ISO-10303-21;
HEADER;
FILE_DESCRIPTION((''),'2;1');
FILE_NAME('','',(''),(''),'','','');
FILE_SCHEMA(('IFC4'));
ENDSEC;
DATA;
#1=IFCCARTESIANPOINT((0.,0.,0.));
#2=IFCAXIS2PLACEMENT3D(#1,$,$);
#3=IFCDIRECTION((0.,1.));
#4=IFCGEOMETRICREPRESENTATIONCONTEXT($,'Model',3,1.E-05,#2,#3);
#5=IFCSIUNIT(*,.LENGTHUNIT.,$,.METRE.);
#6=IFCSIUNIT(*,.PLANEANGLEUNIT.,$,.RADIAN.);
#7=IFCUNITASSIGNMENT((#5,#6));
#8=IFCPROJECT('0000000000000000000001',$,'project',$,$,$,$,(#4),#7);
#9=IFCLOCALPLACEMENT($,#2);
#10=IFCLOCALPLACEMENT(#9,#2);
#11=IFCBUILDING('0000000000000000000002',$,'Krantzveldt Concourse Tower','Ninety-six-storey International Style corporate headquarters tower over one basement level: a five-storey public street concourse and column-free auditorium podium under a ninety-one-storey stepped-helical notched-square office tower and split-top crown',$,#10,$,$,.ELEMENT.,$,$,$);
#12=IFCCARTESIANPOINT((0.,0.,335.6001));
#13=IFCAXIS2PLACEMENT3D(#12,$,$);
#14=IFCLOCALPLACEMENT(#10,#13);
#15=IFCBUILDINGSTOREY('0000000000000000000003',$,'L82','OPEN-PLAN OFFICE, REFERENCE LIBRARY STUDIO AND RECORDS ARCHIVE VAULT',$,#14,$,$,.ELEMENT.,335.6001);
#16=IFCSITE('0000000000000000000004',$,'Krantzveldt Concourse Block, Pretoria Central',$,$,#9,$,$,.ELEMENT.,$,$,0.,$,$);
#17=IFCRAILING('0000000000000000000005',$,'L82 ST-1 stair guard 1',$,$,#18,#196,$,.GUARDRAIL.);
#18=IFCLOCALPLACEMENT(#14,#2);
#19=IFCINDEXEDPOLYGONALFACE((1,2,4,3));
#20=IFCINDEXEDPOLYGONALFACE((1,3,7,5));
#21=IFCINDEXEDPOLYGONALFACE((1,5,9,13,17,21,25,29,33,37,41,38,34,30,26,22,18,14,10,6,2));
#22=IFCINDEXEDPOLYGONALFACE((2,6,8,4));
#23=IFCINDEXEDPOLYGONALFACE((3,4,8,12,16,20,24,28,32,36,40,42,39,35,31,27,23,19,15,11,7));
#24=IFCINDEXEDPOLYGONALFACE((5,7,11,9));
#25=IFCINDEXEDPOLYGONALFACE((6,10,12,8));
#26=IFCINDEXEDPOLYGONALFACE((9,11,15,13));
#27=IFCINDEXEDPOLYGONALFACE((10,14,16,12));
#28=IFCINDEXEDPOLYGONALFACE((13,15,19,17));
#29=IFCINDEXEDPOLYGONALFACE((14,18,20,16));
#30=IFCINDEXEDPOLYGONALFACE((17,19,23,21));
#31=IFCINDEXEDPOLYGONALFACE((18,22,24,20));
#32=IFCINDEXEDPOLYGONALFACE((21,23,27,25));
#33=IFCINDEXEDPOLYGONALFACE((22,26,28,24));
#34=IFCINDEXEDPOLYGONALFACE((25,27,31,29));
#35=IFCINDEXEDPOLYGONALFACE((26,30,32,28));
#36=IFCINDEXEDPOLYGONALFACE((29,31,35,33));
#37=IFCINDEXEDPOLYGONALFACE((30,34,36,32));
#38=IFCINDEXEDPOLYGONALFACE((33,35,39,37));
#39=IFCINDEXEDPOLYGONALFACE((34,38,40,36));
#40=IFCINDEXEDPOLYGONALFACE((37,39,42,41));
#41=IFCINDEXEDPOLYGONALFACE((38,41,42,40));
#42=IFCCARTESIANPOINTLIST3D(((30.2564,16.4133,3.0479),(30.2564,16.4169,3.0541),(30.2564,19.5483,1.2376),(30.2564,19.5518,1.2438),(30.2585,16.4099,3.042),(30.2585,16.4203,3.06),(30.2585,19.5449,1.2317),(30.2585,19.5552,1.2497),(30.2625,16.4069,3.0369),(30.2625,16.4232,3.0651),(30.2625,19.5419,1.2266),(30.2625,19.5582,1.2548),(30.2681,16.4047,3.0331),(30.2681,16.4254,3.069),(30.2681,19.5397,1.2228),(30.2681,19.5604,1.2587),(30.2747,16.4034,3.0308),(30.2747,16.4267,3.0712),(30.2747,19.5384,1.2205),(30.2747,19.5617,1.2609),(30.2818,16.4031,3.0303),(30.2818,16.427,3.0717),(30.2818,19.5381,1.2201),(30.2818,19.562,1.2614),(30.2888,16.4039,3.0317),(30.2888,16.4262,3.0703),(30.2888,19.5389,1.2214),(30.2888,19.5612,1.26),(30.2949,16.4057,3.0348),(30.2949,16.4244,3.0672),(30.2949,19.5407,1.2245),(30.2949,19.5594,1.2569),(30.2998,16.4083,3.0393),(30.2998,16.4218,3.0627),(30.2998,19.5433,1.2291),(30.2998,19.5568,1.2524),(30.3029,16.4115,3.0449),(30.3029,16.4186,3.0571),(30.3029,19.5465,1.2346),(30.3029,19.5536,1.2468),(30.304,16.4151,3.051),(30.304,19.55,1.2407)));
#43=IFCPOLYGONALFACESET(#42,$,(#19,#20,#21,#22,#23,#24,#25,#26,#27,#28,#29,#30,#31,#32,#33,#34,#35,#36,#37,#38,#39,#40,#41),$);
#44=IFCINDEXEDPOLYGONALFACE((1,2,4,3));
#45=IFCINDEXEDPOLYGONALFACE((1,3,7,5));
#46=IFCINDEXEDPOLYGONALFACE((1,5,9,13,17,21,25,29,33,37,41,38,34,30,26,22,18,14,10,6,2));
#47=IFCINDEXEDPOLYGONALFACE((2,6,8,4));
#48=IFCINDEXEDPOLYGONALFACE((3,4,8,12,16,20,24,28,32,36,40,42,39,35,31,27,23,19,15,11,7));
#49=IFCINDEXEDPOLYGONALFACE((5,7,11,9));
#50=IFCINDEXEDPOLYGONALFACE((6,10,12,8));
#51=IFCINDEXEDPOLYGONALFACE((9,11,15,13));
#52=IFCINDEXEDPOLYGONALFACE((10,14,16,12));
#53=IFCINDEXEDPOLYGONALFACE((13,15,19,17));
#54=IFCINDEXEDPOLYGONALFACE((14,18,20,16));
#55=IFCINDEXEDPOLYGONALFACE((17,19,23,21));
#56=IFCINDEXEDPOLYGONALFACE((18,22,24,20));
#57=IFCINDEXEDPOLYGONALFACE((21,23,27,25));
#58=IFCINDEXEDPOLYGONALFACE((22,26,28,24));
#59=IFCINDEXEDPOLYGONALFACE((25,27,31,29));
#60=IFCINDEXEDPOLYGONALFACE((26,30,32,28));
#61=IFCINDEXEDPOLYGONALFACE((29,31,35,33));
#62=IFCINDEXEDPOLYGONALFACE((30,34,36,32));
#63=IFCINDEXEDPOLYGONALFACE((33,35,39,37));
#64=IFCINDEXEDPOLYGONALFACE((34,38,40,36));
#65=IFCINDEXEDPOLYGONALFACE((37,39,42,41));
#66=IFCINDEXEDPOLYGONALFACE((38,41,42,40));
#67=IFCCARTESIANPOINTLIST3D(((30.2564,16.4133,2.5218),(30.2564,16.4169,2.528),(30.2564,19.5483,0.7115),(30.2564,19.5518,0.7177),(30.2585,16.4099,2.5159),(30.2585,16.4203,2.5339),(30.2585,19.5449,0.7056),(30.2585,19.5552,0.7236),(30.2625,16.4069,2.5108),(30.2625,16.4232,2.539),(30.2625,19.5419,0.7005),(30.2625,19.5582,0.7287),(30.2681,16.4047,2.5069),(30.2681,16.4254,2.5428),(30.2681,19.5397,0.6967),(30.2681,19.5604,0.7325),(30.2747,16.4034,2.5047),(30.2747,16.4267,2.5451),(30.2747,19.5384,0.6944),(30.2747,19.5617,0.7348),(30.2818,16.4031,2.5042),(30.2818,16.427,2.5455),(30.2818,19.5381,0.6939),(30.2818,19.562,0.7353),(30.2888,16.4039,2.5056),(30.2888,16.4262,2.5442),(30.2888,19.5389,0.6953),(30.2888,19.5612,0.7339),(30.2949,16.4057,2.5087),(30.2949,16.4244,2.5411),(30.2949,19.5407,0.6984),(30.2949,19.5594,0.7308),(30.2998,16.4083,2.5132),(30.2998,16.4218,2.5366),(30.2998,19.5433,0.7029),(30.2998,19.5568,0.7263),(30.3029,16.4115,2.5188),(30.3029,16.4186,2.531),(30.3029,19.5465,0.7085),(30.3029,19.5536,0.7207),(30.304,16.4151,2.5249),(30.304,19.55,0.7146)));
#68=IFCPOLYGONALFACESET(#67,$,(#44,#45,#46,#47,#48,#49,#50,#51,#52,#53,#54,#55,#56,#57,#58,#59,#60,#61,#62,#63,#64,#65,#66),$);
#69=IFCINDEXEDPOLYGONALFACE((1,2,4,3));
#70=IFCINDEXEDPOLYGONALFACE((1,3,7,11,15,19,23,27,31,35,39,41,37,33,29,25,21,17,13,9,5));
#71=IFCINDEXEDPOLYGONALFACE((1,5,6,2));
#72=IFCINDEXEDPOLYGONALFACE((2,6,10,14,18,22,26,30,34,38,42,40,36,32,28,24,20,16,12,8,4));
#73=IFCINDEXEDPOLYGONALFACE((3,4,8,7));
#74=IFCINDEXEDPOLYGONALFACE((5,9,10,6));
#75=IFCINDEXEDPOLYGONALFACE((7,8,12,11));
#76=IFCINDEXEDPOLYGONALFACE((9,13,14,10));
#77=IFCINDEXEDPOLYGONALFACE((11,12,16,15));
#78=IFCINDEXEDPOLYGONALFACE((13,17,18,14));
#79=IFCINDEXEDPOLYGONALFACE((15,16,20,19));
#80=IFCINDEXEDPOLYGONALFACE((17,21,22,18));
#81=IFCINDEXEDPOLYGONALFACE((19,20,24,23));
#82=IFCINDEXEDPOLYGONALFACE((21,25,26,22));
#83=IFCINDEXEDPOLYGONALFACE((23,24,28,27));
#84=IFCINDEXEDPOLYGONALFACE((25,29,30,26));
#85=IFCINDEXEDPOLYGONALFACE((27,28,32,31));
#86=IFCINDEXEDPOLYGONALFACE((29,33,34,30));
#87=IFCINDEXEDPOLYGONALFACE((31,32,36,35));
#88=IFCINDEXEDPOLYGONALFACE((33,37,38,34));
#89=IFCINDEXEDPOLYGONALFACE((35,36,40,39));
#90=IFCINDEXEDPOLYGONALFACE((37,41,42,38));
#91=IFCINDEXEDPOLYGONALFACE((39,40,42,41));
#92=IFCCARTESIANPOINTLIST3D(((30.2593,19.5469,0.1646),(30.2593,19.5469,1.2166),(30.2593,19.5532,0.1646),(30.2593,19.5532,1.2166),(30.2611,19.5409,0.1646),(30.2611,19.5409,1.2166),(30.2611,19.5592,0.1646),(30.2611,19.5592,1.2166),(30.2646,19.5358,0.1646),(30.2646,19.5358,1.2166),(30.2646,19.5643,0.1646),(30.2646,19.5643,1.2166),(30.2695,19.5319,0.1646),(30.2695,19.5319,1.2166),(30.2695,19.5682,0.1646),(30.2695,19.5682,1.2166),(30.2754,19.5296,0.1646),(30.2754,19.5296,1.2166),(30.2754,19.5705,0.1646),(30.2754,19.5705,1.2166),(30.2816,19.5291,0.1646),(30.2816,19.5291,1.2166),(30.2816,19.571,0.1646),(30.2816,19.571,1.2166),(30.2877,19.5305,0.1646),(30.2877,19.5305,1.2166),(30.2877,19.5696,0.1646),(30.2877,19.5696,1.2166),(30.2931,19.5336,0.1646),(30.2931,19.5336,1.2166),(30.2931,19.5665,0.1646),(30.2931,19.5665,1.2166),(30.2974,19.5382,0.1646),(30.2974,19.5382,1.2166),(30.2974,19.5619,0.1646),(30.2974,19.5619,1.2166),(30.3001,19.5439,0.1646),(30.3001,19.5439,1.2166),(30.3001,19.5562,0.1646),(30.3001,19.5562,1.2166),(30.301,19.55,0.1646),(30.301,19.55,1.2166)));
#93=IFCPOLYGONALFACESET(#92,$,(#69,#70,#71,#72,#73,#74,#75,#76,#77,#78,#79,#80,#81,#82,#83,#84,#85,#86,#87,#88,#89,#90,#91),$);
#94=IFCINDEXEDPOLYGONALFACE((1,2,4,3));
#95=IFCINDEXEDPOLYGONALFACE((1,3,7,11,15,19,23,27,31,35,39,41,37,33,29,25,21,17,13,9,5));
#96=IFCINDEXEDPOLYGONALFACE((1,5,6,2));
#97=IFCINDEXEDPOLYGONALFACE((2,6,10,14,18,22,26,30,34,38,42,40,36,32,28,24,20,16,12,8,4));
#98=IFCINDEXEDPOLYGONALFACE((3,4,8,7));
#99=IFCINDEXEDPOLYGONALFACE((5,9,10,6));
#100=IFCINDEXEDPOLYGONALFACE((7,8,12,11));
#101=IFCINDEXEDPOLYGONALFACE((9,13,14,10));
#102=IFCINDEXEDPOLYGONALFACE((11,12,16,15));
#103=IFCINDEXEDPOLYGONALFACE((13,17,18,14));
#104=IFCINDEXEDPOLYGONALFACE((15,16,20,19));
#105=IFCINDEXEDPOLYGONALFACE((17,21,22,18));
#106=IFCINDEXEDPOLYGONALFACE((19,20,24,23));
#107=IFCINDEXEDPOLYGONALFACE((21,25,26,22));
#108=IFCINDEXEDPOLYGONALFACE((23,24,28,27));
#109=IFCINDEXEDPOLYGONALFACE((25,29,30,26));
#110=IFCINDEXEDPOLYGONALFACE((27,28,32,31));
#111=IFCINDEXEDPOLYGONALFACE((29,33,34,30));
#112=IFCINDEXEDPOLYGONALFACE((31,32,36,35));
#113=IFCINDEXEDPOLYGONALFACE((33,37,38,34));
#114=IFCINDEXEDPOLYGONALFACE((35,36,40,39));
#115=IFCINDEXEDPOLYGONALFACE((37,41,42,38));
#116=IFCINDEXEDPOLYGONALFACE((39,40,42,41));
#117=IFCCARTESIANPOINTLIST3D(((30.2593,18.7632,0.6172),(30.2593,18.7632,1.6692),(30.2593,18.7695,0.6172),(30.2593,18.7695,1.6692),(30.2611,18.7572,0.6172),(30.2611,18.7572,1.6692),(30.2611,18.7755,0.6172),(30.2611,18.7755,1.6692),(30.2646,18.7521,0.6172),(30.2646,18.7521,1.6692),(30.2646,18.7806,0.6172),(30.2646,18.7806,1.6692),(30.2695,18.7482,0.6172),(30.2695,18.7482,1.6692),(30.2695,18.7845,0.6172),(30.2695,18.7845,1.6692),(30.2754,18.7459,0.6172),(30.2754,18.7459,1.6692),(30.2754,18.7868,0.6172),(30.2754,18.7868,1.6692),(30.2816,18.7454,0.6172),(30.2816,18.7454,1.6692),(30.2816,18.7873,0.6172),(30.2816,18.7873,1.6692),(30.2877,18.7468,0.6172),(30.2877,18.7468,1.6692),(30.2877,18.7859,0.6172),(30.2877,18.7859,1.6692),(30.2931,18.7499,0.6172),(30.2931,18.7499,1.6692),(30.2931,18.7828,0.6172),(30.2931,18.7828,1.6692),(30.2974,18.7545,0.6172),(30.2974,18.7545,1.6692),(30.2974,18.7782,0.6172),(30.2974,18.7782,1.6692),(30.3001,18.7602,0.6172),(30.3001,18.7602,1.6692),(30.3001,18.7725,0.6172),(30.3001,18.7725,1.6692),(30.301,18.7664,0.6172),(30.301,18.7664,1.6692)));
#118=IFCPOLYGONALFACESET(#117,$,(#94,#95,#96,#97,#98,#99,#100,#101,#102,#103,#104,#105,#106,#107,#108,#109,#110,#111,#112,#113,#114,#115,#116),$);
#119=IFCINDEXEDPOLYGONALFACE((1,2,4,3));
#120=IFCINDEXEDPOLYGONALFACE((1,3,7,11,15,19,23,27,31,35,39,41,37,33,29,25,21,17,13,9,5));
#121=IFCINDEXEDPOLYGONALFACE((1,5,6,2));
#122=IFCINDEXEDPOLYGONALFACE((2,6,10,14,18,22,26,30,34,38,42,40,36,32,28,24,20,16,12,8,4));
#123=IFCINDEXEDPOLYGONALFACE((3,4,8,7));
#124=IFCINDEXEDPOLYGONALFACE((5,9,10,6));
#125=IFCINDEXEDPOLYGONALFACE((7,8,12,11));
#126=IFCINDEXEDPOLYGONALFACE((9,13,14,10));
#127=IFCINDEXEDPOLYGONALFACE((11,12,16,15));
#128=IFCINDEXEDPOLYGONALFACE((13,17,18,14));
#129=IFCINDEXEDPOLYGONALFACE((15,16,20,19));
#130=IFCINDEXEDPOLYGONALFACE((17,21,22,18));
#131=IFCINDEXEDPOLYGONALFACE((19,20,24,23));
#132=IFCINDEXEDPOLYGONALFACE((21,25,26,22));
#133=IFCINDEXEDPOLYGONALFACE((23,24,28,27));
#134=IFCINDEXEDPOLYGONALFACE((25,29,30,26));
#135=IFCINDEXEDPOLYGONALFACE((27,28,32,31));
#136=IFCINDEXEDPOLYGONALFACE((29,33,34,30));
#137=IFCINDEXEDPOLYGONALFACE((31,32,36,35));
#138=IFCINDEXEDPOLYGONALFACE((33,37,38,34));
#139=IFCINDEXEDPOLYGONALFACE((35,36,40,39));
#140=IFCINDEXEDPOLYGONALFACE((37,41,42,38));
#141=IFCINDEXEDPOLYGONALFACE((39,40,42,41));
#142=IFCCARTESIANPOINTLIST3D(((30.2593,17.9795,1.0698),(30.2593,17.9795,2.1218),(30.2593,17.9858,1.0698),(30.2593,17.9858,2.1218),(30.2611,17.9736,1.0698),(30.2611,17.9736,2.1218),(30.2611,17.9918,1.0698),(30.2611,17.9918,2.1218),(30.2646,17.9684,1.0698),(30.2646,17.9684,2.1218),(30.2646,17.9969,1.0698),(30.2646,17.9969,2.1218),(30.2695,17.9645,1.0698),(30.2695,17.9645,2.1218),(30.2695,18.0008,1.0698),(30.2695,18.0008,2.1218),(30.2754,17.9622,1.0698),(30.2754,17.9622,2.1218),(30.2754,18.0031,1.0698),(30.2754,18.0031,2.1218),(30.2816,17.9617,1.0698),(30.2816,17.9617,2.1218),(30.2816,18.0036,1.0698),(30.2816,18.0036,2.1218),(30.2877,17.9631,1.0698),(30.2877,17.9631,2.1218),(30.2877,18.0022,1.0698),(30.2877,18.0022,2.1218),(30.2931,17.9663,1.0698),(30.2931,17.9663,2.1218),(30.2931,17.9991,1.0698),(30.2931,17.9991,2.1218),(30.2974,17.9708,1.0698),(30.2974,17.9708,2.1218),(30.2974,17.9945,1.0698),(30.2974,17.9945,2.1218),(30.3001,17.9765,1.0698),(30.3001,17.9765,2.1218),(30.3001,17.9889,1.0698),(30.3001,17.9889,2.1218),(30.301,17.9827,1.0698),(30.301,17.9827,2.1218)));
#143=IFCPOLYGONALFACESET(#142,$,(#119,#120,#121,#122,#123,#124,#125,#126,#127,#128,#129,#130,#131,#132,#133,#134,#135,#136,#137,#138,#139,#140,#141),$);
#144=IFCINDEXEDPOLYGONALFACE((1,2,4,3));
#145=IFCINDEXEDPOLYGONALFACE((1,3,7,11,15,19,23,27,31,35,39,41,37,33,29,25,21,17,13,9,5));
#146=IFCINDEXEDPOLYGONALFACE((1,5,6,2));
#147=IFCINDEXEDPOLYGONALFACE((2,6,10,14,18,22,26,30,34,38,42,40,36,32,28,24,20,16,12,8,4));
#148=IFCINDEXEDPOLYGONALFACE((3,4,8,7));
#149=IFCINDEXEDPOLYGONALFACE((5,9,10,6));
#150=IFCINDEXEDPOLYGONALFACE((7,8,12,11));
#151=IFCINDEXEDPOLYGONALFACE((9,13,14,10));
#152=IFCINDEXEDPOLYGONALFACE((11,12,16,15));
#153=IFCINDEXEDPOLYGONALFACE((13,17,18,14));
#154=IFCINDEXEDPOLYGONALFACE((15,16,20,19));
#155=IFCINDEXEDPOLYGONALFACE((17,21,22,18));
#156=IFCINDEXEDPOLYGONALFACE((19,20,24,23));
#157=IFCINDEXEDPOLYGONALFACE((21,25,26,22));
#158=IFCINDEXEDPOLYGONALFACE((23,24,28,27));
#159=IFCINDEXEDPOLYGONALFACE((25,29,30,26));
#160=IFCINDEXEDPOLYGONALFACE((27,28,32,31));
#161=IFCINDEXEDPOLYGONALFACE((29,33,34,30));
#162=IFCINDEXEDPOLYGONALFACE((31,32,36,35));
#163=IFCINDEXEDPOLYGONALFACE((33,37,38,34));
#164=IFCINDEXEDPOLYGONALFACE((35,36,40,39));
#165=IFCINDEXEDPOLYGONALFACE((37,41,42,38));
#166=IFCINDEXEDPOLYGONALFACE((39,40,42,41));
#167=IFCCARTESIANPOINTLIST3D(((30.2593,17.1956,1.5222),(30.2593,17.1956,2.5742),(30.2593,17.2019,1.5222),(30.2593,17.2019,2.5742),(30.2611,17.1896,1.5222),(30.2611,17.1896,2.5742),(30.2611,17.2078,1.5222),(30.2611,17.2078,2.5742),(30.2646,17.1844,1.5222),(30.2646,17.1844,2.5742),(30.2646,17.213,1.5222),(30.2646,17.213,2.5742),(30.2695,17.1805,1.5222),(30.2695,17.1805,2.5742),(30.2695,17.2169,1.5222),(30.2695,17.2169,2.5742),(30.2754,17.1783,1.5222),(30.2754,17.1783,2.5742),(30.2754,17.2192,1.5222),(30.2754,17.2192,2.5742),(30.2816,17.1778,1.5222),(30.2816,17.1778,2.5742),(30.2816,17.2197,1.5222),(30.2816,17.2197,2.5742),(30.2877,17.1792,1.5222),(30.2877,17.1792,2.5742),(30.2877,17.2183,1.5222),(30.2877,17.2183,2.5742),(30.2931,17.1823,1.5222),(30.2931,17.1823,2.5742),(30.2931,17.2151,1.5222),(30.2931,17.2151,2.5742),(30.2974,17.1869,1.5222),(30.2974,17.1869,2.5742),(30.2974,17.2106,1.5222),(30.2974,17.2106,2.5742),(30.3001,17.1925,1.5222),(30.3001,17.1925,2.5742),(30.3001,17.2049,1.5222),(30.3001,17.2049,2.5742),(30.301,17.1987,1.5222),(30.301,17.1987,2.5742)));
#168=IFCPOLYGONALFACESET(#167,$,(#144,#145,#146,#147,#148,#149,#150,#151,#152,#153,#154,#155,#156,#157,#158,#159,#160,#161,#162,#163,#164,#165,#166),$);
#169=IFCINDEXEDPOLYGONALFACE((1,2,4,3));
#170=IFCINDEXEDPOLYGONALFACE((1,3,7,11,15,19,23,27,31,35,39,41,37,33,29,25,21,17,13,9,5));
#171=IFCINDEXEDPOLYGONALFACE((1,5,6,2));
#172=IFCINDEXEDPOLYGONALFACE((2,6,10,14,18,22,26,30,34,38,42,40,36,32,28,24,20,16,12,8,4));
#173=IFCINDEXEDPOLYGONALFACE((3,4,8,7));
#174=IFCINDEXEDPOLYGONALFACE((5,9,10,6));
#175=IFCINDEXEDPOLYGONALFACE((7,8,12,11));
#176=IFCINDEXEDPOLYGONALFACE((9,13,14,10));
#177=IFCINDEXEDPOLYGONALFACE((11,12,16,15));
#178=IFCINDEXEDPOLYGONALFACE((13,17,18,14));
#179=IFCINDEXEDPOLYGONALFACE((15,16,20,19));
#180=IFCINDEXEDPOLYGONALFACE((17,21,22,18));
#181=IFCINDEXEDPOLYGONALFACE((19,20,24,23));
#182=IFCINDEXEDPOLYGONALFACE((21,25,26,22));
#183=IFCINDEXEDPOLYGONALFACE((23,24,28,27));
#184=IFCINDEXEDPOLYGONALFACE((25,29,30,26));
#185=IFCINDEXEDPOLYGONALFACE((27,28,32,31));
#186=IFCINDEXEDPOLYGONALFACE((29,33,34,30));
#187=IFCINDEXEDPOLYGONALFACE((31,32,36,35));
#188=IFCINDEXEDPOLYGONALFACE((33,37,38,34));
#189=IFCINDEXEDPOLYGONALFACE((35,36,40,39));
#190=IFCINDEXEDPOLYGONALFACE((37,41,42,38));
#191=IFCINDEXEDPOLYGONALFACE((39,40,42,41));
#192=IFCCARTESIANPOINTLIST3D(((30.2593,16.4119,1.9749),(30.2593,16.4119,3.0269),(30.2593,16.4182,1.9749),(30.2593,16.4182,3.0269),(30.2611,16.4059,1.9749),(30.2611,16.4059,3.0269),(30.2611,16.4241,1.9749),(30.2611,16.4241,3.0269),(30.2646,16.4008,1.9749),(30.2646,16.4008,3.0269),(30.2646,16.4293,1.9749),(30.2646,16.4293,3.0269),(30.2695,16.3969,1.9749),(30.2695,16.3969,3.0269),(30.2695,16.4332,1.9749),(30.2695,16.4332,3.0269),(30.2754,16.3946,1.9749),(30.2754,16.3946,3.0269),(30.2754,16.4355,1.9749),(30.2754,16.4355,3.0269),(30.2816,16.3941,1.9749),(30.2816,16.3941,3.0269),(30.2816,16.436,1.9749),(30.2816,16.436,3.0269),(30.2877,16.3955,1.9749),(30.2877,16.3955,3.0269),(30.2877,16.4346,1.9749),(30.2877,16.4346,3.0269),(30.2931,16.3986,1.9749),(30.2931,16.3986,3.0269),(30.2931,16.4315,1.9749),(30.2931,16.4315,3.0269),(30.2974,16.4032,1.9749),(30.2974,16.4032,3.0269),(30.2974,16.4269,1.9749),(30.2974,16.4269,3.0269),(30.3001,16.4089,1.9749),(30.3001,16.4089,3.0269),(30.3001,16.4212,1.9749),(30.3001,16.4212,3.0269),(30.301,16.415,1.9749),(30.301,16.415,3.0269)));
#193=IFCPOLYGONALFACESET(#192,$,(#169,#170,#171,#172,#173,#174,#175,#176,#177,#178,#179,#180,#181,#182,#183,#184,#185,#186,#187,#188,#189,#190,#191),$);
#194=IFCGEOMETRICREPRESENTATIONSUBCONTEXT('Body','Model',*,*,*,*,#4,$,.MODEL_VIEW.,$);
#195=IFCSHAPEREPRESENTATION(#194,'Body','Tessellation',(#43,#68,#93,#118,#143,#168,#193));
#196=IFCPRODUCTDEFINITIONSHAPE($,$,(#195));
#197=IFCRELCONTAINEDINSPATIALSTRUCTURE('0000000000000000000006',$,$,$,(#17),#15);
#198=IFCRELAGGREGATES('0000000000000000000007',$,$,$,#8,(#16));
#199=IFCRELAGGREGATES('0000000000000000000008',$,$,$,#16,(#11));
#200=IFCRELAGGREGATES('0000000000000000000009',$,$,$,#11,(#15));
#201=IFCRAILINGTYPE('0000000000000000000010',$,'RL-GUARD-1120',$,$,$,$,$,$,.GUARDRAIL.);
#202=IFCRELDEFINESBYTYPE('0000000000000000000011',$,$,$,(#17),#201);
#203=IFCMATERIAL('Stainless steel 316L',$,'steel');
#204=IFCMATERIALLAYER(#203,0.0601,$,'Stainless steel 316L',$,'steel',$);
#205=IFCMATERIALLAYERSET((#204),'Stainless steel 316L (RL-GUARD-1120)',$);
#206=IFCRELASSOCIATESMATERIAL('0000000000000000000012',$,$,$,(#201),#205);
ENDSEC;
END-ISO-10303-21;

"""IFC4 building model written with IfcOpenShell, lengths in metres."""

from ifc_helpers import new_model, si_unit, direction, frame, origin, origin_2d, place, context, subcontext, project, spatial, circle, extrude, material, layer, layer_set, type_object, element, save


model = new_model("IFC4")

# Units and contexts
model_context = context("Model", 3, precision=1e-05, world=origin(), true_north=direction((0.0, 1.0)))
body_context = subcontext(model_context, "Body", "Model", "MODEL_VIEW")
ifc_project = project(units=[si_unit("LENGTHUNIT", "METRE"), si_unit("PLANEANGLEUNIT", "RADIAN")], contexts=[model_context])

# Site, building, storey
site_placement = place(None, origin())
site = spatial("IfcSite", under=ifc_project, at=site_placement, Name="Krantzveldt Concourse Block, Pretoria Central", CompositionType="ELEMENT", RefElevation=0.0)
building_placement = place(site_placement, origin())
building = spatial("IfcBuilding", under=site, at=building_placement, Name="Krantzveldt Concourse Tower", Description="Ninety-six-storey International Style corporate headquarters tower over one basement level: a five-storey public street concourse and column-free auditorium podium under a ninety-one-storey stepped-helical notched-square office tower and split-top crown", CompositionType="ELEMENT")
storey_placement = place(building_placement, frame((0.0, 0.0, 335.6001)))
storey = spatial("IfcBuildingStorey", under=building, at=storey_placement, Name="L82", Description="OPEN-PLAN OFFICE, REFERENCE LIBRARY STUDIO AND RECORDS ARCHIVE VAULT", CompositionType="ELEMENT", Elevation=335.6001)

# Shared definitions
ifc_material_1 = material(Name="Stainless steel 316L", Category="steel")

# Railing
ifc_layer_1 = layer(ifc_material_1, 0.0601, Name="Stainless steel 316L", Category="steel")
ifc_layer_set_1 = layer_set([ifc_layer_1], Name="Stainless steel 316L (RL-GUARD-1120)")
railing_type_1 = type_object("IfcRailingType", Name="RL-GUARD-1120", PredefinedType="GUARDRAIL", material=ifc_layer_set_1)
railing_1_placement = place(storey_placement, frame((30.28, 19.55, 0.1646)))
element("IfcRailing", 1, at=railing_1_placement, inside=storey, type_object=railing_type_1, Name="L82 ST-1 stair guard 1", PredefinedType="GUARDRAIL", context=body_context, shape_type="SweptSolid", body=[
    extrude(circle(Radius=0.0239, at=origin_2d()), frame((0.0, 0.0, 1.0762), z_axis=(0.0, -0.865989, 0.500063), x_axis=(1.0, 0.0, 0.0)), (0.0, 0.0, 1.0), 3.6201),
    extrude(circle(Radius=0.0239, at=origin_2d()), frame((0.0, 0.0, 0.55), z_axis=(0.0, -0.865989, 0.500063), x_axis=(1.0, 0.0, 0.0)), (0.0, 0.0, 1.0), 3.6201),
    extrude(circle(Radius=0.021, at=origin_2d()), origin(), (0.0, 0.0, 1.0), 1.052),
    extrude(circle(Radius=0.021, at=origin_2d()), frame((0.0, -0.7837, 0.4526)), (0.0, 0.0, 1.0), 1.052),
    extrude(circle(Radius=0.021, at=origin_2d()), frame((0.0, -1.5674, 0.9053)), (0.0, 0.0, 1.0), 1.052),
    extrude(circle(Radius=0.021, at=origin_2d()), frame((0.0, -2.3513, 1.3577)), (0.0, 0.0, 1.0), 1.052),
    extrude(circle(Radius=0.021, at=origin_2d()), frame((0.0, -3.135, 1.8103)), (0.0, 0.0, 1.0), 1.052),
])

save(model, "model.ifc")
